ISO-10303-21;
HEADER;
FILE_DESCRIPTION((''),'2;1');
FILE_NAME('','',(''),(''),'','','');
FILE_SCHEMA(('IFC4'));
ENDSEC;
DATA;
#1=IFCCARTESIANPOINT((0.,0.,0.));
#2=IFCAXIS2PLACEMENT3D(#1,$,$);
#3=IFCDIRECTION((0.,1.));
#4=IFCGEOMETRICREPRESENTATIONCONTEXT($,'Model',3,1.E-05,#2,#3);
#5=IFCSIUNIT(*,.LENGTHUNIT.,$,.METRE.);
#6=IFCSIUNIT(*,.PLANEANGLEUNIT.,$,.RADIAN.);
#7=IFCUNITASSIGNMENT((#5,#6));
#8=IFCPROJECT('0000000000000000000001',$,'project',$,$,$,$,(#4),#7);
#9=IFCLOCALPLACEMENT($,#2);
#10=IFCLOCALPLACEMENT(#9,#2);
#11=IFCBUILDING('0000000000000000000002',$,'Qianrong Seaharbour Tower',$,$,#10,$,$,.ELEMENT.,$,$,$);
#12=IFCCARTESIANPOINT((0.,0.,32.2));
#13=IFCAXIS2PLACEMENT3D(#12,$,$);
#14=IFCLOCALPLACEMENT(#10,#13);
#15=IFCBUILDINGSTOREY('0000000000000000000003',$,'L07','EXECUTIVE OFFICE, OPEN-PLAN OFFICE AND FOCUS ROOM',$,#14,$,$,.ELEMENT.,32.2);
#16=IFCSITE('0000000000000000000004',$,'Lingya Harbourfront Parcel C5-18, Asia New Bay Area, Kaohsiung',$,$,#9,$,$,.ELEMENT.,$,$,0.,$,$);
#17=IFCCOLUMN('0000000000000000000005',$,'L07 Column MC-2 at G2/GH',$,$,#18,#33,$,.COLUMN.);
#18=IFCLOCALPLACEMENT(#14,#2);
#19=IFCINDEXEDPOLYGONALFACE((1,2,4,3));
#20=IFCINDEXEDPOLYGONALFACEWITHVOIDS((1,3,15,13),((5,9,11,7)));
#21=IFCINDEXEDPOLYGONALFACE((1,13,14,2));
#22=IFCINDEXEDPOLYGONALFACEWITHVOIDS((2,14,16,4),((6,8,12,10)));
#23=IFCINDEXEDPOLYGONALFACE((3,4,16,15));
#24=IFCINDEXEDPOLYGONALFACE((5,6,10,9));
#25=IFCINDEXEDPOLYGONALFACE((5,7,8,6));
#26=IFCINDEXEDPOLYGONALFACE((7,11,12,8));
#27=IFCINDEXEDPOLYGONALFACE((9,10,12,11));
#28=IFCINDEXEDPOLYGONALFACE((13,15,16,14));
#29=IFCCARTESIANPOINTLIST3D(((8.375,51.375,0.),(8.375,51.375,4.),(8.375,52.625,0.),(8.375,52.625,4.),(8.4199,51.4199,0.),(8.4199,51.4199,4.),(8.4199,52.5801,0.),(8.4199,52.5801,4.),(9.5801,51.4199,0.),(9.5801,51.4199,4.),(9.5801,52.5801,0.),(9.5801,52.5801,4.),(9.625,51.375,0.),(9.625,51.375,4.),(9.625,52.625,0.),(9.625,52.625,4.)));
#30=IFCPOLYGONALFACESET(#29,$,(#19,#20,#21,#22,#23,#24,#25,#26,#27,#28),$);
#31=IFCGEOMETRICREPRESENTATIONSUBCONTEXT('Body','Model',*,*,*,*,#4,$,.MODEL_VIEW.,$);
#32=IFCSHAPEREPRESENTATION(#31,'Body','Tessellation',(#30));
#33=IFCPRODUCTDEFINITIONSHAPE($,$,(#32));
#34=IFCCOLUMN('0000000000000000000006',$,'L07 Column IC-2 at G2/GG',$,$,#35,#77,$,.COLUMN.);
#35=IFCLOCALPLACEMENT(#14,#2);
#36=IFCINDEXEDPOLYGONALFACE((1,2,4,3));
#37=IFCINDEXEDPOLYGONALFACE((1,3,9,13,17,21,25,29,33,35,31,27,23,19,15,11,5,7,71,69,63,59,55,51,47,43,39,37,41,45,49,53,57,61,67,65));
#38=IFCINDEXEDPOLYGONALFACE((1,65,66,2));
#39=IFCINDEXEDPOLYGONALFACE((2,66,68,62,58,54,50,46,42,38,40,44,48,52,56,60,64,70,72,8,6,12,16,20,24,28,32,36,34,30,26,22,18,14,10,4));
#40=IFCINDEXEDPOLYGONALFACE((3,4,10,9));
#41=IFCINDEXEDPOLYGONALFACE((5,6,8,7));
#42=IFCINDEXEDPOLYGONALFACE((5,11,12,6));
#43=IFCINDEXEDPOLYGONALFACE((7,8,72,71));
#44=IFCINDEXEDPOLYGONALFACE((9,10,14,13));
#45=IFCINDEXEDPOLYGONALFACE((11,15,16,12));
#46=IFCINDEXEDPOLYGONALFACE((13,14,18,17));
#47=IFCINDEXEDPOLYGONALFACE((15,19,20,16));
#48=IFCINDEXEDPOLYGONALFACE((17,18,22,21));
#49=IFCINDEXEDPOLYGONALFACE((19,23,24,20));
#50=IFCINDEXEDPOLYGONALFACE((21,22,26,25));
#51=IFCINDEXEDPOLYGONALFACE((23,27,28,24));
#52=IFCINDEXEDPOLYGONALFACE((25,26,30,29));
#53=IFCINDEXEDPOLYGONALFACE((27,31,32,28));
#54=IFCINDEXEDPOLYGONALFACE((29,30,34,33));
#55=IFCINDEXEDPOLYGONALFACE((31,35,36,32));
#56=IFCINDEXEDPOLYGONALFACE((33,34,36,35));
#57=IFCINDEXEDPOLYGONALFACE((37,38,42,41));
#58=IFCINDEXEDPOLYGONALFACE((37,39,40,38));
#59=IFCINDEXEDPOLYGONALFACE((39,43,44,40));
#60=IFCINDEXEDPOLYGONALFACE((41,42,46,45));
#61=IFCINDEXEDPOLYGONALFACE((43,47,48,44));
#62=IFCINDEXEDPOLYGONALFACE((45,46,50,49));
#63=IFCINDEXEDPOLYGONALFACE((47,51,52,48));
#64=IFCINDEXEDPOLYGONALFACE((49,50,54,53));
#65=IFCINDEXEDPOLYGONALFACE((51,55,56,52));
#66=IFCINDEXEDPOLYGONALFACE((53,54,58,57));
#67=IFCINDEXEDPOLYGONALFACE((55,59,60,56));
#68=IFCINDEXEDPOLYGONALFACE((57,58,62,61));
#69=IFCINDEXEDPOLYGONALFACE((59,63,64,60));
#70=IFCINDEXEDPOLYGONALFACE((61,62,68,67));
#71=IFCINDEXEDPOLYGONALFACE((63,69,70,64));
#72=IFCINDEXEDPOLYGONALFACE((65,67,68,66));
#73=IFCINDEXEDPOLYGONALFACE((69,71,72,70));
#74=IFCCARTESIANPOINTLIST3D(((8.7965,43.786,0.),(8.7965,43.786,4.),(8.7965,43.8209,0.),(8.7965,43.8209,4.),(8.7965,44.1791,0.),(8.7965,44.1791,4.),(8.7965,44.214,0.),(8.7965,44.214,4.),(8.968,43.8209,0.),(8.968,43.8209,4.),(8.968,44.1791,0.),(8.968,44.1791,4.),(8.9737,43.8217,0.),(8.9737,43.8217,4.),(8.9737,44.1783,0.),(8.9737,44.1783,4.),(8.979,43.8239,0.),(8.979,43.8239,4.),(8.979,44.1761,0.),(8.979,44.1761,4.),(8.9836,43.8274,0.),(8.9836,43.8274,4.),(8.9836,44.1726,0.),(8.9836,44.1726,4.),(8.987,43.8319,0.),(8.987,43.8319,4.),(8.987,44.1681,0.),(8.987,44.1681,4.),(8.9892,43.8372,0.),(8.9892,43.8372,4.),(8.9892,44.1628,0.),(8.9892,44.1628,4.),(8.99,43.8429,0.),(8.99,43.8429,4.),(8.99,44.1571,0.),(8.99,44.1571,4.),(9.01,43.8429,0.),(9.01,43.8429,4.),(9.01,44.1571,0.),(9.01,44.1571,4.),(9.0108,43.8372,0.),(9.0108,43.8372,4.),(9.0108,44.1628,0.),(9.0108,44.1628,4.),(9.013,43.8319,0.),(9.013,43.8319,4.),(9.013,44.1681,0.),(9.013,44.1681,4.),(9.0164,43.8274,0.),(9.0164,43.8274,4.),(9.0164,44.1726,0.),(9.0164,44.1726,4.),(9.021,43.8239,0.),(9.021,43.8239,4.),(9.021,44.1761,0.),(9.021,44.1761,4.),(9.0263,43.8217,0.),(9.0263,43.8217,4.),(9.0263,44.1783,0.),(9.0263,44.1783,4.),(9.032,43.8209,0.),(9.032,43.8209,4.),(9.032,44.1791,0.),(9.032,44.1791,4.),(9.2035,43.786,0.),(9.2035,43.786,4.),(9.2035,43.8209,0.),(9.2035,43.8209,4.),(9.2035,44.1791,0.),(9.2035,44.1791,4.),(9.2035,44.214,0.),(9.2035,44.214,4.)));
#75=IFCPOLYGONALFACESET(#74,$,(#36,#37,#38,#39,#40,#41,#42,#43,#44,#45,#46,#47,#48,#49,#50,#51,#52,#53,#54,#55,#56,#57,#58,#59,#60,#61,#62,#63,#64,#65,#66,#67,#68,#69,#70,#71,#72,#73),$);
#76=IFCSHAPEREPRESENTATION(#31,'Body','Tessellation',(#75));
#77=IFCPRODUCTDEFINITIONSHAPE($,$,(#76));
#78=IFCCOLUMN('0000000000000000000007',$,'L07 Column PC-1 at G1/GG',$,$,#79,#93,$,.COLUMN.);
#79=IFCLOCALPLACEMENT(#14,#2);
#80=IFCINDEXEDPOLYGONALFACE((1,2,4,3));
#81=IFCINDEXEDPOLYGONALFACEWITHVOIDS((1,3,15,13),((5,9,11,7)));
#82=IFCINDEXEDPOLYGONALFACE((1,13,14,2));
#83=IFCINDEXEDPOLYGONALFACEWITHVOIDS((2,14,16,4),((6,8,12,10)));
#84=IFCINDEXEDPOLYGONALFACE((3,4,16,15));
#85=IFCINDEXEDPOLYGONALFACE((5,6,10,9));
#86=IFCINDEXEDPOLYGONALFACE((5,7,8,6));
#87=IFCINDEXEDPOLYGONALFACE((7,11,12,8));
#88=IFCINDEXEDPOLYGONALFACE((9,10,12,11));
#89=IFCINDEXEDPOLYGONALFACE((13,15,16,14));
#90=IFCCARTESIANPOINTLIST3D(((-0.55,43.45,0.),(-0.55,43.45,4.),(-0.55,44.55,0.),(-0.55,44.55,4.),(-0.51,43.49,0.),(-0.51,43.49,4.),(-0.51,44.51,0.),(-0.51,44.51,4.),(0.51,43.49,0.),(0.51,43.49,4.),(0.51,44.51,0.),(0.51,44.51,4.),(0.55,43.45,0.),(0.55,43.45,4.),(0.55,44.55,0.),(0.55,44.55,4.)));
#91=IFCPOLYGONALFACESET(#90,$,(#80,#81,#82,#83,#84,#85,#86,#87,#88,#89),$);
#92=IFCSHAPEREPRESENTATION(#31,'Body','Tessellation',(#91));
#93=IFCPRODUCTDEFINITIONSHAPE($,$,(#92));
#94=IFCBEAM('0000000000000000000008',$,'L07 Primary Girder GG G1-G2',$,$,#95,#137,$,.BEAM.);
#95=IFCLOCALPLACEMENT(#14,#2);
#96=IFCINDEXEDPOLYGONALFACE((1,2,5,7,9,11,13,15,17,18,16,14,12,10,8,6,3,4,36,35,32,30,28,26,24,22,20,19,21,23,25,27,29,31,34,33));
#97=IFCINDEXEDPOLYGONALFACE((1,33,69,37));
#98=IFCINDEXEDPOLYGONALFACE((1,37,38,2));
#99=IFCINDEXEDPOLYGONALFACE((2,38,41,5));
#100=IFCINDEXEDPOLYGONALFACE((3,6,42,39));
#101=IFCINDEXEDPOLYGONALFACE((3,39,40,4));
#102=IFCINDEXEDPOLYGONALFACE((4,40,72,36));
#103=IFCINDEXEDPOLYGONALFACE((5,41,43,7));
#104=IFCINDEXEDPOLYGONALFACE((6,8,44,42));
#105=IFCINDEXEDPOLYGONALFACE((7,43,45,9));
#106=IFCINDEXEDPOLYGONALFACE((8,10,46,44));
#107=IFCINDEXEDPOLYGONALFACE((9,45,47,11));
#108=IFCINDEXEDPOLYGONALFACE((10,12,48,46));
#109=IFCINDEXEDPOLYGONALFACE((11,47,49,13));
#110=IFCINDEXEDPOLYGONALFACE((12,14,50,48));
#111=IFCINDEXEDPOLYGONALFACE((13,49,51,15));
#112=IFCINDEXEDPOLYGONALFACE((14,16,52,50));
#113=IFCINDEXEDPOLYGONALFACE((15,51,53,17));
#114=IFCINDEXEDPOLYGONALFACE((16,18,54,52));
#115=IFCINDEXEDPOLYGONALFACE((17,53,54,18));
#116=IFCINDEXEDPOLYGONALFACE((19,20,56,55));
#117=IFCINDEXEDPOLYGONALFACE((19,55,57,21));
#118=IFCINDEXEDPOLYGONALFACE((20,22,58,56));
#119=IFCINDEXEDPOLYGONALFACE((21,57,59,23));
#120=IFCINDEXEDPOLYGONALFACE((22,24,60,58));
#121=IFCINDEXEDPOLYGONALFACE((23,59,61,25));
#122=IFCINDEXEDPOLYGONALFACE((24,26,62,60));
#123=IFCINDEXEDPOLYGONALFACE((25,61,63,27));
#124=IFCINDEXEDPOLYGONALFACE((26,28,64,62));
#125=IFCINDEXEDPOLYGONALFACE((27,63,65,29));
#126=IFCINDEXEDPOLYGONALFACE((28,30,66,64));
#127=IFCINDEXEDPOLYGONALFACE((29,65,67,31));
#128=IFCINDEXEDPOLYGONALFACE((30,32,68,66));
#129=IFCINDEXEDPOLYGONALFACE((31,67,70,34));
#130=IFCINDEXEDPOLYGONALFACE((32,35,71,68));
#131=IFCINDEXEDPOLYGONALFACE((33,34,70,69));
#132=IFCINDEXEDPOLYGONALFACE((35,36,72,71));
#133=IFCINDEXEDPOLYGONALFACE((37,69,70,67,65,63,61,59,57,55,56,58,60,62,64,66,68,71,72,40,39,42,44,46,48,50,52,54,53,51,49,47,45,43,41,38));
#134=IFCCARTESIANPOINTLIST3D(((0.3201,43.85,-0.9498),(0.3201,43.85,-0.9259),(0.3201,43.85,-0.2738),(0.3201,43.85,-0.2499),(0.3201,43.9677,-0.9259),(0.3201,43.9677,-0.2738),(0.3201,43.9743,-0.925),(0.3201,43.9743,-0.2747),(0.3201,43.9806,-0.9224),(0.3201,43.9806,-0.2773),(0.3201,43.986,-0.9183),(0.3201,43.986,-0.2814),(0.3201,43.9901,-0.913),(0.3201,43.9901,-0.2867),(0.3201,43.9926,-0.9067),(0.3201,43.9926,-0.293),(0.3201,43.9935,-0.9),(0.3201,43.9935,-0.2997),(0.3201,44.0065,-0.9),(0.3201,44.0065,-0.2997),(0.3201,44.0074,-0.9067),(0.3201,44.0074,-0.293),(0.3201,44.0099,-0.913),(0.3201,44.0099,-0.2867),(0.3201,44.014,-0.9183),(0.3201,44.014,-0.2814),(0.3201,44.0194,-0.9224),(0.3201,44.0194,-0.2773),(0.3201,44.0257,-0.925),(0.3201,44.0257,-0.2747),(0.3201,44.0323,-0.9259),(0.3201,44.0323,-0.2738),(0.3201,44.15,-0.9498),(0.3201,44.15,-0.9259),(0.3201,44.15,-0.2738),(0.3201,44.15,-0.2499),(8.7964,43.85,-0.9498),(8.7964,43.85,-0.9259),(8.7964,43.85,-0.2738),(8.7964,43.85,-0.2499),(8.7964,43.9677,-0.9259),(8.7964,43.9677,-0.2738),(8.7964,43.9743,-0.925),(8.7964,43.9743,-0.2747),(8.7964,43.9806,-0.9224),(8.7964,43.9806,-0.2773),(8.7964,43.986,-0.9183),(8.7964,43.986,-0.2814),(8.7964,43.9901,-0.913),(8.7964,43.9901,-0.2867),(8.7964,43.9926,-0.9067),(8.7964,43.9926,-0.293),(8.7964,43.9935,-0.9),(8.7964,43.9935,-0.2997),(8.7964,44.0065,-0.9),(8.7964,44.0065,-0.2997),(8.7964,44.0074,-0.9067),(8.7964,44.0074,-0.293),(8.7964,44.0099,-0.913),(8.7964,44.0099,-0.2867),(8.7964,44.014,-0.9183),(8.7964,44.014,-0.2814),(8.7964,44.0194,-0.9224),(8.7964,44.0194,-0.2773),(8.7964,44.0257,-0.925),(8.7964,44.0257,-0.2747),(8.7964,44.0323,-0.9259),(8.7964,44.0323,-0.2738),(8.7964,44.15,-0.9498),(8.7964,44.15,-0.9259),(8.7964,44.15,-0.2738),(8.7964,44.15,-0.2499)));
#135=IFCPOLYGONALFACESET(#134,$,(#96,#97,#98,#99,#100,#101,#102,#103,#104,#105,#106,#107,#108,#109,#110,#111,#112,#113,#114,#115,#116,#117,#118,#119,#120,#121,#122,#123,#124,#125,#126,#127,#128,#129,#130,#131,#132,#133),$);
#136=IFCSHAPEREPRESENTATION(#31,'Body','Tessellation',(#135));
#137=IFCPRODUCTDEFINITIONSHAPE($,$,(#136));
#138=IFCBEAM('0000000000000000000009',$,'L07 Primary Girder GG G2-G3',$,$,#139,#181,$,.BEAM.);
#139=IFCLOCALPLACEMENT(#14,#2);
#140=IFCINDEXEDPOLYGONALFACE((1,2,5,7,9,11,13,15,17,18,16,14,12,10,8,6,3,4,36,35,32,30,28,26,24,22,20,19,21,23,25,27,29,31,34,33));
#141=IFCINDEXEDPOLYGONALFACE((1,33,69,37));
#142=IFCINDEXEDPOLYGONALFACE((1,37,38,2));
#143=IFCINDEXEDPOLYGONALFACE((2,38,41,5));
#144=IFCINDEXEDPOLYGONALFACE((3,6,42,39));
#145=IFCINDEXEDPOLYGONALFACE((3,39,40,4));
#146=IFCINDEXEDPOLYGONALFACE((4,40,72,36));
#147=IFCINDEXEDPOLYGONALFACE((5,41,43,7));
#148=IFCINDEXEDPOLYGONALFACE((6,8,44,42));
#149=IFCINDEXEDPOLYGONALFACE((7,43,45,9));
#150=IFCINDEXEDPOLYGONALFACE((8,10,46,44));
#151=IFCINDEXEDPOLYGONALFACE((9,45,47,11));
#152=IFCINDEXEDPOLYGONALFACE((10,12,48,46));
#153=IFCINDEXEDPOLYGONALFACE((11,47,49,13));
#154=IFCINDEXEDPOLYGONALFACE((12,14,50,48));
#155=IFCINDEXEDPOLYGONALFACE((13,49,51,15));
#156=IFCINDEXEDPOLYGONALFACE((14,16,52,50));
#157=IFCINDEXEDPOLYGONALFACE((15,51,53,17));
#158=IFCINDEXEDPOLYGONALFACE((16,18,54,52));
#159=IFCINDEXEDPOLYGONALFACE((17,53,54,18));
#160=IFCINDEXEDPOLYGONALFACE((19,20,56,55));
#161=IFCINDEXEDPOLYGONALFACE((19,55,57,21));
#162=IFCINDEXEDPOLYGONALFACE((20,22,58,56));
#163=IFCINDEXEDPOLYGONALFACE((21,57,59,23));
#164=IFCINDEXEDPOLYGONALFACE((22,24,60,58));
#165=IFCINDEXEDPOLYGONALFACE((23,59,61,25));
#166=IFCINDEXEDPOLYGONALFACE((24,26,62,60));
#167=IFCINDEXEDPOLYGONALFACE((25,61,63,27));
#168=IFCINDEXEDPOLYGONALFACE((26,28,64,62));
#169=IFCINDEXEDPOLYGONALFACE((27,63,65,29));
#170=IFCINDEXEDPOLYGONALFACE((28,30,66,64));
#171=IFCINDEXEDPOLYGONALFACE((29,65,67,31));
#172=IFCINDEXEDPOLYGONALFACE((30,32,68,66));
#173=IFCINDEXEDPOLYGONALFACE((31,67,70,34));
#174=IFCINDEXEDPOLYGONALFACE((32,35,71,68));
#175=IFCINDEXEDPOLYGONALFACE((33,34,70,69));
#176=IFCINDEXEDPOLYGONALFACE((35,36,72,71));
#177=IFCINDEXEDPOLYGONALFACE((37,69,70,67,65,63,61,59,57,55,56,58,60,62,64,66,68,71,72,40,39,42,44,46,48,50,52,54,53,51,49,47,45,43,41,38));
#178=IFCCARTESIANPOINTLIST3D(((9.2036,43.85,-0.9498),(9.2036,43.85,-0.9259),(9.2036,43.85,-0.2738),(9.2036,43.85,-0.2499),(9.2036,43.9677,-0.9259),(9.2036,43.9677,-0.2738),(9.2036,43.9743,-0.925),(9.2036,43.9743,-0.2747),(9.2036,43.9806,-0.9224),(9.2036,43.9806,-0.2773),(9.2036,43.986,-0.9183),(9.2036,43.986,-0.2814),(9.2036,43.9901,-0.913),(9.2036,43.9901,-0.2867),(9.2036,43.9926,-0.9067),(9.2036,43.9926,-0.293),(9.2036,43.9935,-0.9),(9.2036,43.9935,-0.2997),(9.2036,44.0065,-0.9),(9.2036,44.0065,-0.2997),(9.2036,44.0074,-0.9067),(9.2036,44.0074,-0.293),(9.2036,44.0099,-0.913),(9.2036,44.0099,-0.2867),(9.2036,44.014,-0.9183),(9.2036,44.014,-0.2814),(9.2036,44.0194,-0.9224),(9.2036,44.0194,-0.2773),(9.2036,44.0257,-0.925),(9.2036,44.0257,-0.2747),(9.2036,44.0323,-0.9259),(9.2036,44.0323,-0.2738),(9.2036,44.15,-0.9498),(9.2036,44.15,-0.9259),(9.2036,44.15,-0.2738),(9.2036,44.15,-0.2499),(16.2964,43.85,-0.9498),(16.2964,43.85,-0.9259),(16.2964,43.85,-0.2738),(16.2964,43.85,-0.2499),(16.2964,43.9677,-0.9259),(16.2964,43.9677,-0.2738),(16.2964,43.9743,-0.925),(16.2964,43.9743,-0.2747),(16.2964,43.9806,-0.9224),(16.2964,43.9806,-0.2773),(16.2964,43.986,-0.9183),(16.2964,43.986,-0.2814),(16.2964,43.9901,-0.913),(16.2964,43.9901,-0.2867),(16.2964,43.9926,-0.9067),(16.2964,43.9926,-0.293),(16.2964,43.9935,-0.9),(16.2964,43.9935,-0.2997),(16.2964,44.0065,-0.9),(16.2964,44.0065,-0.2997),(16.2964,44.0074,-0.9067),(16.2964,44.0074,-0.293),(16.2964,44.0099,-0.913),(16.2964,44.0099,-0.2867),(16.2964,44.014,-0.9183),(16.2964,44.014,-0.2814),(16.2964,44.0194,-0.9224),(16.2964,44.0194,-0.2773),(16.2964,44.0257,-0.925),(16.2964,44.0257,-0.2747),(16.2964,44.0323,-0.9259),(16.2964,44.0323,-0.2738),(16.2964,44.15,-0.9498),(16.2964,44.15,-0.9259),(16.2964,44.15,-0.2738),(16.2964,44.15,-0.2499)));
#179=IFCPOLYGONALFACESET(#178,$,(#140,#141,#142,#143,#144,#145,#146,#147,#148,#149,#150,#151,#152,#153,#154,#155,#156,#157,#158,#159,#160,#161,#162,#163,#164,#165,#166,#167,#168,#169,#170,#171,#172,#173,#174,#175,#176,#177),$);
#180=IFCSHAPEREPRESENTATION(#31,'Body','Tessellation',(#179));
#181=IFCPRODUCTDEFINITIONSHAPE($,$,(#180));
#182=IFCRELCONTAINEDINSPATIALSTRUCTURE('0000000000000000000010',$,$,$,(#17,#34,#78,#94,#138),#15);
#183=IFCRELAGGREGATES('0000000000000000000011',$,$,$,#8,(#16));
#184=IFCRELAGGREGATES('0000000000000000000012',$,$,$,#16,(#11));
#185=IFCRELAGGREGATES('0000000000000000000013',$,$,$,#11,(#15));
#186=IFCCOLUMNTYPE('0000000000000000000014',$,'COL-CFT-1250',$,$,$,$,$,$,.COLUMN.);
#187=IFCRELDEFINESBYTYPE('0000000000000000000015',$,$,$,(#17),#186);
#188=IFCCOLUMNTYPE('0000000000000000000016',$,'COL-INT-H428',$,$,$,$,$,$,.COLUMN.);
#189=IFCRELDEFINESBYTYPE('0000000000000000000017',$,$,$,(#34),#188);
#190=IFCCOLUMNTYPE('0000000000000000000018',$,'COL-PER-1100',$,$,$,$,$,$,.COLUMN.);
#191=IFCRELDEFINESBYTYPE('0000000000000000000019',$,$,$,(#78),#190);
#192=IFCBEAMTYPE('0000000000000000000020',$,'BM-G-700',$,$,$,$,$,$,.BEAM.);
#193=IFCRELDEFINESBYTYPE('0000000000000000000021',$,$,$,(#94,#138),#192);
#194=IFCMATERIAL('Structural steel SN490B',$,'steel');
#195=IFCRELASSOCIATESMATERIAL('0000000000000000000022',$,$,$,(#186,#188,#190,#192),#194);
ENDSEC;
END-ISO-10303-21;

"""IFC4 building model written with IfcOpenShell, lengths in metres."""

from ifc_helpers import new_model, si_unit, direction, frame, origin, origin_2d, place, context, subcontext, project, spatial, hollow_rectangle, i_section, extrude, material, material_profile, profile_set, type_object, element, save


model = new_model("IFC4")

# Units and contexts
model_context = context("Model", 3, precision=1e-05, world=origin(), true_north=direction((0.0, 1.0)))
body_context = subcontext(model_context, "Body", "Model", "MODEL_VIEW")
ifc_project = project(units=[si_unit("LENGTHUNIT", "METRE"), si_unit("PLANEANGLEUNIT", "RADIAN")], contexts=[model_context])

# Site, building, storey
site_placement = place(None, origin())
site = spatial("IfcSite", under=ifc_project, at=site_placement, Name="Lingya Harbourfront Parcel C5-18, Asia New Bay Area, Kaohsiung", CompositionType="ELEMENT", RefElevation=0.0)
building_placement = place(site_placement, origin())
building = spatial("IfcBuilding", under=site, at=building_placement, Name="Qianrong Seaharbour Tower", CompositionType="ELEMENT")
storey_placement = place(building_placement, frame((0.0, 0.0, 32.2)))
storey = spatial("IfcBuildingStorey", under=building, at=storey_placement, Name="L07", Description="EXECUTIVE OFFICE, OPEN-PLAN OFFICE AND FOCUS ROOM", CompositionType="ELEMENT", Elevation=32.2)

# Columns
ifc_material_1 = material(Name="Structural steel SN490B", Category="steel")
ifc_material_profile_1 = material_profile(ifc_material_1, hollow_rectangle(XDim=1.25, YDim=1.25, WallThickness=0.0449, at=origin_2d()), Name="BOX1250x1250x45")
ifc_profile_set_1 = profile_set([ifc_material_profile_1], Name="Structural steel SN490B")
column_type_1 = type_object("IfcColumnType", Name="COL-CFT-1250", PredefinedType="COLUMN", material=ifc_profile_set_1)
column_1_placement = place(storey_placement, frame((9.0, 52.0, 0.0), z_axis=(0.0, 0.0, 1.0), x_axis=(1.0, 0.0, 0.0)))
element("IfcColumn", 1, at=column_1_placement, inside=storey, type_object=column_type_1, Name="L07 Column MC-2 at G2/GH", PredefinedType="COLUMN", context=body_context, shape_type="SweptSolid", body=[
    extrude(hollow_rectangle(XDim=1.25, YDim=1.25, WallThickness=0.0449, at=origin_2d()), origin(), (0.0, 0.0, 1.0), 4.0),
])
ifc_material_profile_2 = material_profile(ifc_material_1, i_section(OverallWidth=0.407, OverallDepth=0.428, WebThickness=0.02, FlangeThickness=0.0349, FilletRadius=0.022, at=origin_2d()), Name="H428x407x20x35")
ifc_profile_set_2 = profile_set([ifc_material_profile_2], Name="Structural steel SN490B")
column_type_2 = type_object("IfcColumnType", Name="COL-INT-H428", PredefinedType="COLUMN", material=ifc_profile_set_2)
column_2_placement = place(storey_placement, frame((9.0, 44.0, 0.0), z_axis=(0.0, 0.0, 1.0), x_axis=(1.0, 0.0, 0.0)))
element("IfcColumn", 2, at=column_2_placement, inside=storey, type_object=column_type_2, Name="L07 Column IC-2 at G2/GG", PredefinedType="COLUMN", context=body_context, shape_type="SweptSolid", body=[
    extrude(i_section(OverallWidth=0.407, OverallDepth=0.428, WebThickness=0.02, FlangeThickness=0.0349, FilletRadius=0.022, at=origin_2d()), origin(), (0.0, 0.0, 1.0), 4.0),
])
ifc_material_profile_3 = material_profile(ifc_material_1, hollow_rectangle(XDim=1.1001, YDim=1.1001, WallThickness=0.04, at=origin_2d()), Name="BOX1100x1100x40")
ifc_profile_set_3 = profile_set([ifc_material_profile_3], Name="Structural steel SN490B")
column_type_3 = type_object("IfcColumnType", Name="COL-PER-1100", PredefinedType="COLUMN", material=ifc_profile_set_3)
column_3_placement = place(storey_placement, frame((0.0, 44.0, 0.0), z_axis=(0.0, 0.0, 1.0), x_axis=(1.0, 0.0, 0.0)))
element("IfcColumn", 3, at=column_3_placement, inside=storey, type_object=column_type_3, Name="L07 Column PC-1 at G1/GG", PredefinedType="COLUMN", context=body_context, shape_type="SweptSolid", body=[
    extrude(hollow_rectangle(XDim=1.1001, YDim=1.1001, WallThickness=0.04, at=origin_2d()), origin(), (0.0, 0.0, 1.0), 4.0),
])

# Beams
ifc_material_profile_4 = material_profile(ifc_material_1, i_section(OverallWidth=0.3, OverallDepth=0.7, WebThickness=0.0129, FlangeThickness=0.0239, FilletRadius=0.0259, at=origin_2d()), Name="H700x300x13x24")
ifc_profile_set_4 = profile_set([ifc_material_profile_4], Name="Structural steel SN490B")
beam_type_1 = type_object("IfcBeamType", Name="BM-G-700", PredefinedType="BEAM", material=ifc_profile_set_4)
beam_1_placement = place(storey_placement, frame((0.3201, 44.0, -0.5999), z_axis=(1.0, 0.0, 0.0), x_axis=(0.0, 1.0, 0.0)))
element("IfcBeam", 4, at=beam_1_placement, inside=storey, type_object=beam_type_1, Name="L07 Primary Girder GG G1-G2", PredefinedType="BEAM", context=body_context, shape_type="SweptSolid", body=[
    extrude(i_section(OverallWidth=0.3, OverallDepth=0.7, WebThickness=0.0129, FlangeThickness=0.0239, FilletRadius=0.0259, at=origin_2d()), origin(), (0.0, 0.0, 1.0), 8.4763),
])
beam_2_placement = place(storey_placement, frame((9.2036, 44.0, -0.5999), z_axis=(1.0, 0.0, 0.0), x_axis=(0.0, 1.0, 0.0)))
element("IfcBeam", 5, at=beam_2_placement, inside=storey, type_object=beam_type_1, Name="L07 Primary Girder GG G2-G3", PredefinedType="BEAM", context=body_context, shape_type="SweptSolid", body=[
    extrude(i_section(OverallWidth=0.3, OverallDepth=0.7, WebThickness=0.0129, FlangeThickness=0.0239, FilletRadius=0.0259, at=origin_2d()), origin(), (0.0, 0.0, 1.0), 7.0928),
])

save(model, "model.ifc")
